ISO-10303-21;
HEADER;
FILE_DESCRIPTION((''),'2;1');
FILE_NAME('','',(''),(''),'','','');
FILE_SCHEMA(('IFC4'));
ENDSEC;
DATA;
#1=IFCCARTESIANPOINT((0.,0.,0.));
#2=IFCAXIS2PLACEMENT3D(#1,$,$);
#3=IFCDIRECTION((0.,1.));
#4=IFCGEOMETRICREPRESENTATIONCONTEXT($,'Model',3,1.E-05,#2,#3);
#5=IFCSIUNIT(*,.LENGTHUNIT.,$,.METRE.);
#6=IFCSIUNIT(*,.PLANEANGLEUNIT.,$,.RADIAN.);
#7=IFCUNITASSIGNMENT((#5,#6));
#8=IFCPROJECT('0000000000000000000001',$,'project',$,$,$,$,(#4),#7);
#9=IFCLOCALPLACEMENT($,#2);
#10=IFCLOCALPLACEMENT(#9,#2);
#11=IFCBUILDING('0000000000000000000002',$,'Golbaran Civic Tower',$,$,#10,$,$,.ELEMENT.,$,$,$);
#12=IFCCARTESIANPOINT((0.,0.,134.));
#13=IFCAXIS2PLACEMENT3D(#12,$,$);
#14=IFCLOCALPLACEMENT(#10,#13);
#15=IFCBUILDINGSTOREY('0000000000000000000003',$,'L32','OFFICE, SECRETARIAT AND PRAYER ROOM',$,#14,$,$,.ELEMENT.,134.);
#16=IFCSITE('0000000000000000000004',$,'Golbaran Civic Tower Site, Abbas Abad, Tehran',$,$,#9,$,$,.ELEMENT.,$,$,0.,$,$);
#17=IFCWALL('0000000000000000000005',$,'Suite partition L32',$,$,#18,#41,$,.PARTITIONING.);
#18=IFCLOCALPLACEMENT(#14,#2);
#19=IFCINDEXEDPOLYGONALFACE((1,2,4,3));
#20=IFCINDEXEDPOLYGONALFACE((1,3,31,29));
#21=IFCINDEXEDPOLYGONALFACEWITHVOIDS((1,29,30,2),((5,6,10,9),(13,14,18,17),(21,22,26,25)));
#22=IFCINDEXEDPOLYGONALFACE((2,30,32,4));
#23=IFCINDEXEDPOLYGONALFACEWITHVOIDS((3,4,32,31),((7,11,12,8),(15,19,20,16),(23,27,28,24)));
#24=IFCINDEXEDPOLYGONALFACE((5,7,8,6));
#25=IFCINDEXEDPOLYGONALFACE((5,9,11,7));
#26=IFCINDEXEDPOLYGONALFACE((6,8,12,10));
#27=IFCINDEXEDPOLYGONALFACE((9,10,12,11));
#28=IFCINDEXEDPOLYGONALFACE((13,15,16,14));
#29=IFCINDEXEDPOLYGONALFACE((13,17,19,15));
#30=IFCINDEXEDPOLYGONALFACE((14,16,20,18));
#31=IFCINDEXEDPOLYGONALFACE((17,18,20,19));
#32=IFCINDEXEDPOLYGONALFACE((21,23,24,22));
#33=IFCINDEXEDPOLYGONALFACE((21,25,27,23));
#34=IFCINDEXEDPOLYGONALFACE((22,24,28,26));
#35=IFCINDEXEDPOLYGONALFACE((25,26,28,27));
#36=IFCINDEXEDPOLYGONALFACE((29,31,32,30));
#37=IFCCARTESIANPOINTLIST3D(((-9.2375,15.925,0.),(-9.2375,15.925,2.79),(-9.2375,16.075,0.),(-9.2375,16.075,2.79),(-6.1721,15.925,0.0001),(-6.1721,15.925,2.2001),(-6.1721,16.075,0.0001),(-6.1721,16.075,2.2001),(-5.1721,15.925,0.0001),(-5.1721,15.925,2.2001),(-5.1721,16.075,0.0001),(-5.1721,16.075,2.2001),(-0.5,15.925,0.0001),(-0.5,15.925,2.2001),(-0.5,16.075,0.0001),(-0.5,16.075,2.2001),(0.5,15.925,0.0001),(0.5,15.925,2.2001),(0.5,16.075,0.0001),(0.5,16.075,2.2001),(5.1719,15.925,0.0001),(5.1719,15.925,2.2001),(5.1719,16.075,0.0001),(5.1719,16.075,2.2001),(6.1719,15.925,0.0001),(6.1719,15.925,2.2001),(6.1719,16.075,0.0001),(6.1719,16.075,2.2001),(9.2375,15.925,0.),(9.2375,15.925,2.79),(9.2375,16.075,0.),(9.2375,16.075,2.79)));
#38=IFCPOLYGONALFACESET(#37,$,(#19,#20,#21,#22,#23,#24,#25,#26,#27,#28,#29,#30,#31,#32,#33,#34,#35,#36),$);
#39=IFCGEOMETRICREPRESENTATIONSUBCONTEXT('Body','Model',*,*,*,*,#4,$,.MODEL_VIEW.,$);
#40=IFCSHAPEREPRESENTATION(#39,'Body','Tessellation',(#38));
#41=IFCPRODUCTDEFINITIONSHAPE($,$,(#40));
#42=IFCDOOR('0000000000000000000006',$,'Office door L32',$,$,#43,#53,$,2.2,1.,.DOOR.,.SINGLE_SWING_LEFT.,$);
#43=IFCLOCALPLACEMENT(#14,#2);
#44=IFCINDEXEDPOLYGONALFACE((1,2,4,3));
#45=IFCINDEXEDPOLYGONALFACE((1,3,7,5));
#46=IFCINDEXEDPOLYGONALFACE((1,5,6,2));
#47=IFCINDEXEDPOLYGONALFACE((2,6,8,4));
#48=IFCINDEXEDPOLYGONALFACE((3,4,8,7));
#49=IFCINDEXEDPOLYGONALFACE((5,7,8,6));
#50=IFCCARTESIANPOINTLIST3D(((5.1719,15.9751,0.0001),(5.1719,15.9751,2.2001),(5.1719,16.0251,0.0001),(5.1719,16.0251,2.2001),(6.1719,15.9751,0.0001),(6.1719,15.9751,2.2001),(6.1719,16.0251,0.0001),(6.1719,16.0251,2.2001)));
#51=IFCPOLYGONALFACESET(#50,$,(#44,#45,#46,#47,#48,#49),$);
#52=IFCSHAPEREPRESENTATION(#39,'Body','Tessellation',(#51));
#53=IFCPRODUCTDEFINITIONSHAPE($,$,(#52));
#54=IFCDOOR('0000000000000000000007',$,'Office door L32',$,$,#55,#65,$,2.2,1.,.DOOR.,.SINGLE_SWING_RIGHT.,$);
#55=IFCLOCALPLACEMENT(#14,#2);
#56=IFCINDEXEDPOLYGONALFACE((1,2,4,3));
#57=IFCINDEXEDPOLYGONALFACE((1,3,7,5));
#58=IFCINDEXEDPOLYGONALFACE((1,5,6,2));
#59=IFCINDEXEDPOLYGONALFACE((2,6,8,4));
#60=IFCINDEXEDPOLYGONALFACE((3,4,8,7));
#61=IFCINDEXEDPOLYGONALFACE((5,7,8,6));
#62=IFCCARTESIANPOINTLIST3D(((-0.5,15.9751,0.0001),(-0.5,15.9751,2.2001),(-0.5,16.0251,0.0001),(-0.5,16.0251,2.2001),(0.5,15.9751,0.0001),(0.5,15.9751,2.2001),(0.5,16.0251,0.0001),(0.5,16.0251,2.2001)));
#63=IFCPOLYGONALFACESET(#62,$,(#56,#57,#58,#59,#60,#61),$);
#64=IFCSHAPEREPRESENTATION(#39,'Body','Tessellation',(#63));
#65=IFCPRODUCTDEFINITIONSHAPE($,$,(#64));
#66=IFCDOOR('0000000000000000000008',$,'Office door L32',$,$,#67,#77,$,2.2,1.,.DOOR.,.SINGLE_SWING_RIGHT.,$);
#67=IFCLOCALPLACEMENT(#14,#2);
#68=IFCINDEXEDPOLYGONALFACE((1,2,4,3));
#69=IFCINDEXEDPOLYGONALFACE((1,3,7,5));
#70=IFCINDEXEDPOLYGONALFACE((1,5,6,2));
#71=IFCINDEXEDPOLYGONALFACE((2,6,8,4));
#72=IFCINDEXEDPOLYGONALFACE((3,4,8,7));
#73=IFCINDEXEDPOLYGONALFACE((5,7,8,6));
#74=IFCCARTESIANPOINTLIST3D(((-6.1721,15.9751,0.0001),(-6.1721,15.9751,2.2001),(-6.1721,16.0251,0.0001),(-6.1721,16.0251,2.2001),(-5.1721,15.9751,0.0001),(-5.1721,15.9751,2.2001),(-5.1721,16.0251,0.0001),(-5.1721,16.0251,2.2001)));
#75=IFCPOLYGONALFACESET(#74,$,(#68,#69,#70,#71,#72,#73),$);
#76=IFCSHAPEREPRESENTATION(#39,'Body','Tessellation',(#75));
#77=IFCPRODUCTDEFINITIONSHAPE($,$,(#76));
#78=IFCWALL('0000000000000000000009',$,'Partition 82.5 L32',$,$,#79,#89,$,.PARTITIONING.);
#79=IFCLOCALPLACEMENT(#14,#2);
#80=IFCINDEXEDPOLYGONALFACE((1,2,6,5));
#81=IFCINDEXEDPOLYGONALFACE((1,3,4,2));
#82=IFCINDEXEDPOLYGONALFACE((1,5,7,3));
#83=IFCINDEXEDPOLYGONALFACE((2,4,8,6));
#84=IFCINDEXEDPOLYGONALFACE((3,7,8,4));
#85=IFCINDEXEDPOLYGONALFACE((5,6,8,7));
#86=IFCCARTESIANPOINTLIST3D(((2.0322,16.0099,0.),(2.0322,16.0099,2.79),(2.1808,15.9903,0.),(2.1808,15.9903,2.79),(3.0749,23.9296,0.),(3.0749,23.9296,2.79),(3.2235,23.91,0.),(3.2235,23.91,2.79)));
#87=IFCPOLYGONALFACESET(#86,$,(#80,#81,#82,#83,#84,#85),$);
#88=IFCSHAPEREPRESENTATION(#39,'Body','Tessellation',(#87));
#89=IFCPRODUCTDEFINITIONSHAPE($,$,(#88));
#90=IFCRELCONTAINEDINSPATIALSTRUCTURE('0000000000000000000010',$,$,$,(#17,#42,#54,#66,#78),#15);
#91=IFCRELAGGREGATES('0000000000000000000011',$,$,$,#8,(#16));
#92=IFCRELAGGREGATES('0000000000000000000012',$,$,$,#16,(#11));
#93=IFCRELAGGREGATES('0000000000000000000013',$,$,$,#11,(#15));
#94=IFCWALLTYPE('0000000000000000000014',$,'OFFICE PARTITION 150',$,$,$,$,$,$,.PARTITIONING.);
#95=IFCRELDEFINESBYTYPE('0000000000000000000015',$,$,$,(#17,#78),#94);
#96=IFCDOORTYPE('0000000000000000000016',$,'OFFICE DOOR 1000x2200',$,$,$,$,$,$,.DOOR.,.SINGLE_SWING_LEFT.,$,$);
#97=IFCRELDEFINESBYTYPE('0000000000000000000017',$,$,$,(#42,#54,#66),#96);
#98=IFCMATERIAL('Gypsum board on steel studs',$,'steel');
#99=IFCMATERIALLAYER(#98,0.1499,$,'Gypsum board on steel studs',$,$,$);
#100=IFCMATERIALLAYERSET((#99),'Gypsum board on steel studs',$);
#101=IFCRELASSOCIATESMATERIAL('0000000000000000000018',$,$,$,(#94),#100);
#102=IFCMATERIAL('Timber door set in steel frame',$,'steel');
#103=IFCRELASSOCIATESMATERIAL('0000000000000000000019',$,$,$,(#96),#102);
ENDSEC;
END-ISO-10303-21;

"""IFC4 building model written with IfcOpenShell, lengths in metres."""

from ifc_helpers import new_model, si_unit, direction, frame, frame_2d, origin, place, context, subcontext, project, spatial, rectangle, extrude, material, layer, layer_set, type_object, element, fill, save


model = new_model("IFC4")

# Units and contexts
model_context = context("Model", 3, precision=1e-05, world=origin(), true_north=direction((0.0, 1.0)))
body_context = subcontext(model_context, "Body", "Model", "MODEL_VIEW")
ifc_project = project(units=[si_unit("LENGTHUNIT", "METRE"), si_unit("PLANEANGLEUNIT", "RADIAN")], contexts=[model_context])

# Site, building, storey
site_placement = place(None, origin())
site = spatial("IfcSite", under=ifc_project, at=site_placement, Name="Golbaran Civic Tower Site, Abbas Abad, Tehran", CompositionType="ELEMENT", RefElevation=0.0)
building_placement = place(site_placement, origin())
building = spatial("IfcBuilding", under=site, at=building_placement, Name="Golbaran Civic Tower", CompositionType="ELEMENT")
storey_placement = place(building_placement, frame((0.0, 0.0, 134.0)))
storey = spatial("IfcBuildingStorey", under=building, at=storey_placement, Name="L32", Description="OFFICE, SECRETARIAT AND PRAYER ROOM", CompositionType="ELEMENT", Elevation=134.0)

# Wall, openings, doors
ifc_material_1 = material(Name="Gypsum board on steel studs", Category="steel")
ifc_layer_1 = layer(ifc_material_1, 0.1499, Name="Gypsum board on steel studs")
ifc_layer_set_1 = layer_set([ifc_layer_1], Name="Gypsum board on steel studs")
wall_type = type_object("IfcWallType", Name="OFFICE PARTITION 150", PredefinedType="PARTITIONING", material=ifc_layer_set_1)
wall_1_placement = place(storey_placement, frame((9.2375, 16.0, 0.0), z_axis=(0.0, 0.0, 1.0), x_axis=(-1.0, 0.0, 0.0)))
wall_1 = element("IfcWall", 1, at=wall_1_placement, inside=storey, type_object=wall_type, Name="Suite partition L32", PredefinedType="PARTITIONING", context=body_context, shape_type="SweptSolid", body=[
    extrude(rectangle(XDim=18.4751, YDim=0.1499, at=frame_2d((9.2375, 0.0))), origin(), (0.0, 0.0, 1.0), 2.79),
])
opening_1_placement = place(wall_1_placement, frame((3.0657, 0.0, 0.0)))
opening_1 = element("IfcOpeningElement", 2, at=opening_1_placement, cuts=wall_1, PredefinedType="OPENING", context=body_context, shape_type="SweptSolid", body=[
    extrude(rectangle(XDim=1.0, YDim=2.2, at=frame_2d((0.5, 1.1001))), frame((0.0, 0.085, 0.0), z_axis=(0.0, -1.0, 0.0), x_axis=(1.0, 0.0, 0.0)), (0.0, 0.0, 1.0), 0.1699),
])
opening_2_placement = place(wall_1_placement, frame((8.7375, 0.0, 0.0)))
opening_2 = element("IfcOpeningElement", 3, at=opening_2_placement, cuts=wall_1, PredefinedType="OPENING", context=body_context, shape_type="SweptSolid", body=[
    extrude(rectangle(XDim=1.0, YDim=2.2, at=frame_2d((0.5, 1.1001))), frame((0.0, 0.085, 0.0), z_axis=(0.0, -1.0, 0.0), x_axis=(1.0, 0.0, 0.0)), (0.0, 0.0, 1.0), 0.1699),
])
opening_3_placement = place(wall_1_placement, frame((14.4097, 0.0, 0.0)))
opening_3 = element("IfcOpeningElement", 4, at=opening_3_placement, cuts=wall_1, PredefinedType="OPENING", context=body_context, shape_type="SweptSolid", body=[
    extrude(rectangle(XDim=1.0, YDim=2.2, at=frame_2d((0.5, 1.1001))), frame((0.0, 0.085, 0.0), z_axis=(0.0, -1.0, 0.0), x_axis=(1.0, 0.0, 0.0)), (0.0, 0.0, 1.0), 0.1699),
])
ifc_material_2 = material(Name="Timber door set in steel frame", Category="steel")
door_type = type_object("IfcDoorType", Name="OFFICE DOOR 1000x2200", OperationType="SINGLE_SWING_LEFT", PredefinedType="DOOR", material=ifc_material_2)
door_1_placement = place(opening_1_placement, origin())
door_1 = element("IfcDoor", 5, at=door_1_placement, inside=storey, type_object=door_type, Name="Office door L32", OperationType="SINGLE_SWING_LEFT", OverallHeight=2.2, OverallWidth=1.0, PredefinedType="DOOR", context=body_context, shape_type="SweptSolid", body=[
    extrude(rectangle(XDim=1.0, YDim=2.2, at=frame_2d((0.5, 1.1001))), frame((0.0, 0.0249, 0.0), z_axis=(0.0, -1.0, 0.0), x_axis=(1.0, 0.0, 0.0)), (0.0, 0.0, 1.0), 0.05),
])
fill(opening_1, door_1)
door_2_placement = place(opening_2_placement, origin())
door_2 = element("IfcDoor", 6, at=door_2_placement, inside=storey, type_object=door_type, Name="Office door L32", OperationType="SINGLE_SWING_RIGHT", OverallHeight=2.2, OverallWidth=1.0, PredefinedType="DOOR", context=body_context, shape_type="SweptSolid", body=[
    extrude(rectangle(XDim=1.0, YDim=2.2, at=frame_2d((0.5, 1.1001))), frame((0.0, 0.0249, 0.0), z_axis=(0.0, -1.0, 0.0), x_axis=(1.0, 0.0, 0.0)), (0.0, 0.0, 1.0), 0.05),
])
fill(opening_2, door_2)
door_3_placement = place(opening_3_placement, origin())
door_3 = element("IfcDoor", 7, at=door_3_placement, inside=storey, type_object=door_type, Name="Office door L32", OperationType="SINGLE_SWING_RIGHT", OverallHeight=2.2, OverallWidth=1.0, PredefinedType="DOOR", context=body_context, shape_type="SweptSolid", body=[
    extrude(rectangle(XDim=1.0, YDim=2.2, at=frame_2d((0.5, 1.1001))), frame((0.0, 0.0249, 0.0), z_axis=(0.0, -1.0, 0.0), x_axis=(1.0, 0.0, 0.0)), (0.0, 0.0, 1.0), 0.05),
])
fill(opening_3, door_3)

# Wall
wall_2_placement = place(storey_placement, frame((2.1064, 16.0, 0.0), z_axis=(0.0, 0.0, 1.0), x_axis=(0.130536, 0.991444, 0.0)))
element("IfcWall", 8, at=wall_2_placement, inside=storey, type_object=wall_type, Name="Partition 82.5 L32", PredefinedType="PARTITIONING", context=body_context, shape_type="SweptSolid", body=[
    extrude(rectangle(XDim=7.988, YDim=0.1499, at=frame_2d((3.9941, 0.0))), origin(), (0.0, 0.0, 1.0), 2.79),
])

save(model, "model.ifc")
